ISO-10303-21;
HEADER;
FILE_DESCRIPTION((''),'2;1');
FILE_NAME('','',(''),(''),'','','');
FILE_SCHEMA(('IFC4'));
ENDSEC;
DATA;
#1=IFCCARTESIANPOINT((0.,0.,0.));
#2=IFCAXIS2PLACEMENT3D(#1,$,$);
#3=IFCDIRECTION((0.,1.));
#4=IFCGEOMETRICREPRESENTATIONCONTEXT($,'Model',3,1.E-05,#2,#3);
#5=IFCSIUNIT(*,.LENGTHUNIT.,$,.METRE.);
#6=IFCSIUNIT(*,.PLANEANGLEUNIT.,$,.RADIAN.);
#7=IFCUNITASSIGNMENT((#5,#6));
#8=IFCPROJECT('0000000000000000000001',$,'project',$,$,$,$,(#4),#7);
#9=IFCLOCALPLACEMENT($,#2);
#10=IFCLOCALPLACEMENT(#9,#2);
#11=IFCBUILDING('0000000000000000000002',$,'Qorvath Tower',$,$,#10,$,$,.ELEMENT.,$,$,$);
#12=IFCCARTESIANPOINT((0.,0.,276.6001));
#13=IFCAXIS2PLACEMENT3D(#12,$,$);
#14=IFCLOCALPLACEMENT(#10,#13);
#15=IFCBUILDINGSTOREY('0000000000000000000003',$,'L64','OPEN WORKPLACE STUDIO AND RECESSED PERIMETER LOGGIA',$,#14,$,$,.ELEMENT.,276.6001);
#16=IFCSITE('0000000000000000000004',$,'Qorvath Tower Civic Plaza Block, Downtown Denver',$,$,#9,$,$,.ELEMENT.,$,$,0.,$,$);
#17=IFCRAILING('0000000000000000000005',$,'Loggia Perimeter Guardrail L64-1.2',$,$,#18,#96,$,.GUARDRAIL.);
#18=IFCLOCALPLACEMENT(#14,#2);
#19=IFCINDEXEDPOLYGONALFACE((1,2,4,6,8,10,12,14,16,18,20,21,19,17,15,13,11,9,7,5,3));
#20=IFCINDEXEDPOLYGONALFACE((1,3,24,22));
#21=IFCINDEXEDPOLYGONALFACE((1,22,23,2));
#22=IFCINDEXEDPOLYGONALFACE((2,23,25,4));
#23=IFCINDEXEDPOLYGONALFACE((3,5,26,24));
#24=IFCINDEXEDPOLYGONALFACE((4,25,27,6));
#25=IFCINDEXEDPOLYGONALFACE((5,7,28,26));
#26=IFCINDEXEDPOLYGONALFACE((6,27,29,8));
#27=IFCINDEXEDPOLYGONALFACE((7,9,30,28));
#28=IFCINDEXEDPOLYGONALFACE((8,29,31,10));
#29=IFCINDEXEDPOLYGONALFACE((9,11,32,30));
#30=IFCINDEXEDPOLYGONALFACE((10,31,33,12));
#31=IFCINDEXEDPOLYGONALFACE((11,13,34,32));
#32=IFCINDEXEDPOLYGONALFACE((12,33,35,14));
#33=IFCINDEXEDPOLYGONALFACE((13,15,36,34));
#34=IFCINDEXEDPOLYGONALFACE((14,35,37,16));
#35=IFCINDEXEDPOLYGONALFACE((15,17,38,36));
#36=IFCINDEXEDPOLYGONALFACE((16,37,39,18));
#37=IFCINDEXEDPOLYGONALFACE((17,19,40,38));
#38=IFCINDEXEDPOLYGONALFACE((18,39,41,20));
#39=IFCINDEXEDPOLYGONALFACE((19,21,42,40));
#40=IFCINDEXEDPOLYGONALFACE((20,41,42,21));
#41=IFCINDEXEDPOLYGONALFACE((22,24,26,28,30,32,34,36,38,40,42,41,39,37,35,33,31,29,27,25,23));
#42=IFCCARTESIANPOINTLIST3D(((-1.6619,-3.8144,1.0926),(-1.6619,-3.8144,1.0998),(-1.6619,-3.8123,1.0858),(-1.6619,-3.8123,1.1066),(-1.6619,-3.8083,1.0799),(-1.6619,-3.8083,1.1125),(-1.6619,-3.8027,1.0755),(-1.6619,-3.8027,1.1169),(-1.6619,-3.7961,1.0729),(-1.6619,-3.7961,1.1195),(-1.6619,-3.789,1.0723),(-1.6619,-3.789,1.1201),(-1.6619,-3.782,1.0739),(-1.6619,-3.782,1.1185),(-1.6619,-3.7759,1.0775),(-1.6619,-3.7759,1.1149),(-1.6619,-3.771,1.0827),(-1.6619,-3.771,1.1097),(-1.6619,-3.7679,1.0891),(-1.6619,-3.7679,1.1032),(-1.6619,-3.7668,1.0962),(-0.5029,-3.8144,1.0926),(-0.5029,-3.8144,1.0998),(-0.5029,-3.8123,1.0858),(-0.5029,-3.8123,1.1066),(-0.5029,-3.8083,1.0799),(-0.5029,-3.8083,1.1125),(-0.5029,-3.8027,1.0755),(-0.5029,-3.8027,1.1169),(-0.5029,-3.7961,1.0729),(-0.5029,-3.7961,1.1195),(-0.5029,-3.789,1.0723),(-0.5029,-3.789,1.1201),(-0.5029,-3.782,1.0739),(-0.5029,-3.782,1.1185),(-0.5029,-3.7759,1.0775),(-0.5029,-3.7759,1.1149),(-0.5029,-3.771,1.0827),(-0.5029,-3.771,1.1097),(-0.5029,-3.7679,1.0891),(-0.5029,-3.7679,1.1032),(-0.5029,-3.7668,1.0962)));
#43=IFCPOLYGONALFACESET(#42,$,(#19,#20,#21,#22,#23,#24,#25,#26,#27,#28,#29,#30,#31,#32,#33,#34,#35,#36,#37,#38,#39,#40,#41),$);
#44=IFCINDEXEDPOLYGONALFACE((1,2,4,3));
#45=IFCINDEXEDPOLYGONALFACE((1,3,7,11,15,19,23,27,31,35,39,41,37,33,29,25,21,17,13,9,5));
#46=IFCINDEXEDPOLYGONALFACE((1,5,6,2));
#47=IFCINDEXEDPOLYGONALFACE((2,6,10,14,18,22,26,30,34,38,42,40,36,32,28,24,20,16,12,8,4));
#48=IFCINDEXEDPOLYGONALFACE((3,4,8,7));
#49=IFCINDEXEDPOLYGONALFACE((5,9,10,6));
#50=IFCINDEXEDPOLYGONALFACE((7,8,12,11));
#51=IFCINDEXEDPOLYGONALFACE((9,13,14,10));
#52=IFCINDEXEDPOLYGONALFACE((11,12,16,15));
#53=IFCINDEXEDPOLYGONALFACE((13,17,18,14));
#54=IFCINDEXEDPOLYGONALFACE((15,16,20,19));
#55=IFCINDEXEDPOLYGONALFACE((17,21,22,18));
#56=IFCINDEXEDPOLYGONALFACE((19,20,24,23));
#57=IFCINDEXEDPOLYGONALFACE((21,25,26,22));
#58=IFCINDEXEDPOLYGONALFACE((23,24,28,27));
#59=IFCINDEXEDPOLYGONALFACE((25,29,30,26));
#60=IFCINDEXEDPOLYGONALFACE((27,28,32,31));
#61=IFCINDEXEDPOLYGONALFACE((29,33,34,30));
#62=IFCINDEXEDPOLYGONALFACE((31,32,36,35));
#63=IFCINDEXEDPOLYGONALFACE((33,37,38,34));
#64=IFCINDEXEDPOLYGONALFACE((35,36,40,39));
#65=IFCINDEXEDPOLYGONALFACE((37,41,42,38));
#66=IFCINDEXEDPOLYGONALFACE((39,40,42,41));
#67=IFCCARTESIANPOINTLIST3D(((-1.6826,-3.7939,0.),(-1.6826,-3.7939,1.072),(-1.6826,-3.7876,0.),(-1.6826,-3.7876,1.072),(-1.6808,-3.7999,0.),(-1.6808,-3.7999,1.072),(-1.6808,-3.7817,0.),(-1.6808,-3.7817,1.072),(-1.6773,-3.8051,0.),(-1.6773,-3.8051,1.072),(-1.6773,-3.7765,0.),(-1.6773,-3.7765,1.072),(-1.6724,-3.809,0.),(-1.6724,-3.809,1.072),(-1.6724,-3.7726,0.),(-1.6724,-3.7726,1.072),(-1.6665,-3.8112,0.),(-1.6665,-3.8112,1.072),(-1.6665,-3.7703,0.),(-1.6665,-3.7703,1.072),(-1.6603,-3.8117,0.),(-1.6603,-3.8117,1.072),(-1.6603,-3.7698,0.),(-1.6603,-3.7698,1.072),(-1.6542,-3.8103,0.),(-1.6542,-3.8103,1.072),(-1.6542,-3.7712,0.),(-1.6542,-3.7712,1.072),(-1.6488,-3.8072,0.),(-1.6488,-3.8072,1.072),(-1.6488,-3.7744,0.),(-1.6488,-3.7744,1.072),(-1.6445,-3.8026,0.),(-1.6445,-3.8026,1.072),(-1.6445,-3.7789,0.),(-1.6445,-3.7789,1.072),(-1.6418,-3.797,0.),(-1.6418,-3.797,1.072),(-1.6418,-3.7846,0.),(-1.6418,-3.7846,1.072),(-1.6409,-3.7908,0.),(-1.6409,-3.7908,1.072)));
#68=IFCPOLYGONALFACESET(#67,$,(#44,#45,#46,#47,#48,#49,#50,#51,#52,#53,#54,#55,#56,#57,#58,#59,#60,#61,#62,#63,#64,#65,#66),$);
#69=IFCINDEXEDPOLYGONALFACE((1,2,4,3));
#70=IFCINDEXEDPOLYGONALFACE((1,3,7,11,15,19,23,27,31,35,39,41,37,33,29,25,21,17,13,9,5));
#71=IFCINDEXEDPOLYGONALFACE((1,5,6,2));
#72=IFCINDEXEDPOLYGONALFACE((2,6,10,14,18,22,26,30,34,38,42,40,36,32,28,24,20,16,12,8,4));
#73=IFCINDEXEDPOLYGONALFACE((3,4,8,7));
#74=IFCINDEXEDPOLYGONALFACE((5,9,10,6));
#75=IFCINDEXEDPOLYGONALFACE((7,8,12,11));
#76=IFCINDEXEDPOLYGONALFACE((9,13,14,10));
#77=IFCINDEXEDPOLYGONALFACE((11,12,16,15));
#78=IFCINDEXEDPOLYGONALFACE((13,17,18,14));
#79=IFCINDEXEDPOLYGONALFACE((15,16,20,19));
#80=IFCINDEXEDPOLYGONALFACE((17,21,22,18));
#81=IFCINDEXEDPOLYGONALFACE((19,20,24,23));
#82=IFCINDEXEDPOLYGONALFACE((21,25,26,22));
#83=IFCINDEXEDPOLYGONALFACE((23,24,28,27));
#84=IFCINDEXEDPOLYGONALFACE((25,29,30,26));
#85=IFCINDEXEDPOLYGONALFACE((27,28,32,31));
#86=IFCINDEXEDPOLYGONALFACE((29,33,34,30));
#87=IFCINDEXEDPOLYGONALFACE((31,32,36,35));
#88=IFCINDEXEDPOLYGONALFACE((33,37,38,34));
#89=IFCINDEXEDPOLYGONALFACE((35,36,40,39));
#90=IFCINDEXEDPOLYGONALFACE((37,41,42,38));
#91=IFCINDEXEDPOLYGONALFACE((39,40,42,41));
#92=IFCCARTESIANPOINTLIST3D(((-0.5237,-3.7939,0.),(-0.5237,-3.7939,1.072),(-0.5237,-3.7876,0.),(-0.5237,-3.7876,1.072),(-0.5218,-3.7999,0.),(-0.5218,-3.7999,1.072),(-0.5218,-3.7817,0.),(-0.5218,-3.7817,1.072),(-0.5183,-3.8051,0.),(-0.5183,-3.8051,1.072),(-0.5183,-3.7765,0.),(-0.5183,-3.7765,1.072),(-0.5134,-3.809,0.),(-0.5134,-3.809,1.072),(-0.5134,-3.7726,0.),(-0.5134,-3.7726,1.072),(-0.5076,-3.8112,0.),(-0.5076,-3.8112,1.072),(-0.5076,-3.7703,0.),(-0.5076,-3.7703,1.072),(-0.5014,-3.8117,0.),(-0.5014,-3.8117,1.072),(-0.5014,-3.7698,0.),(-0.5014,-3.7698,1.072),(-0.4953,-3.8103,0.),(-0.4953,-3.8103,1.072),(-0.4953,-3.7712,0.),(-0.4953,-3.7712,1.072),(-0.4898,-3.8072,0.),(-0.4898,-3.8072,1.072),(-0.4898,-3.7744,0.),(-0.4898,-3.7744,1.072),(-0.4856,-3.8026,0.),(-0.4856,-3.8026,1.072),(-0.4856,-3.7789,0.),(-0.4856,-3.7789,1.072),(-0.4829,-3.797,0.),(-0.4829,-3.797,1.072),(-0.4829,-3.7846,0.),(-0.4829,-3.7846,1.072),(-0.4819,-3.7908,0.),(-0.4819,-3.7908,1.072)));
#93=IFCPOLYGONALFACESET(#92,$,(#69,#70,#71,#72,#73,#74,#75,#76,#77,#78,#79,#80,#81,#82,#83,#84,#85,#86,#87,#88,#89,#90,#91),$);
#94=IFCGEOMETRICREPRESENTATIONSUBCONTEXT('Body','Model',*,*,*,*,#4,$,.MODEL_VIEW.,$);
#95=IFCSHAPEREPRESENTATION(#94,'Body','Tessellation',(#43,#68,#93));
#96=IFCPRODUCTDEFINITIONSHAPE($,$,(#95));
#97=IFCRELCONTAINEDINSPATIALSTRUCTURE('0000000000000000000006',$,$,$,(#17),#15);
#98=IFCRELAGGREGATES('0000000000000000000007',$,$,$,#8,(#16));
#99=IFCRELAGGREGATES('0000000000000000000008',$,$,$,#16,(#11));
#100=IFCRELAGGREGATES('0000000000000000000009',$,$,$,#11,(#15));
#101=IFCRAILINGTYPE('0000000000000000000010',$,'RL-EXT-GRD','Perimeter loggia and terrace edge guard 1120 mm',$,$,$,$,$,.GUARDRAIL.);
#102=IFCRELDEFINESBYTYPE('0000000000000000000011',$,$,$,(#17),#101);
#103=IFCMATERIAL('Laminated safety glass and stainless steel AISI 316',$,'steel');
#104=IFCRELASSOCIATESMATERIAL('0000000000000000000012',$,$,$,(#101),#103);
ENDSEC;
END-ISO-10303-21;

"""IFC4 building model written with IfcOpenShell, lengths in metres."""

from ifc_helpers import new_model, si_unit, direction, frame, origin, origin_2d, place, context, subcontext, project, spatial, circle, extrude, material, type_object, element, save


model = new_model("IFC4")

# Units and contexts
model_context = context("Model", 3, precision=1e-05, world=origin(), true_north=direction((0.0, 1.0)))
body_context = subcontext(model_context, "Body", "Model", "MODEL_VIEW")
ifc_project = project(units=[si_unit("LENGTHUNIT", "METRE"), si_unit("PLANEANGLEUNIT", "RADIAN")], contexts=[model_context])

# Site, building, storey
site_placement = place(None, origin())
site = spatial("IfcSite", under=ifc_project, at=site_placement, Name="Qorvath Tower Civic Plaza Block, Downtown Denver", CompositionType="ELEMENT", RefElevation=0.0)
building_placement = place(site_placement, origin())
building = spatial("IfcBuilding", under=site, at=building_placement, Name="Qorvath Tower", CompositionType="ELEMENT")
storey_placement = place(building_placement, frame((0.0, 0.0, 276.6001)))
storey = spatial("IfcBuildingStorey", under=building, at=storey_placement, Name="L64", Description="OPEN WORKPLACE STUDIO AND RECESSED PERIMETER LOGGIA", CompositionType="ELEMENT", Elevation=276.6001)

# Railing
ifc_material_1 = material(Name="Laminated safety glass and stainless steel AISI 316", Category="steel")
railing_type_1 = type_object("IfcRailingType", Name="RL-EXT-GRD", Description="Perimeter loggia and terrace edge guard 1120 mm", PredefinedType="GUARDRAIL", material=ifc_material_1)
railing_1_placement = place(storey_placement, frame((-1.6619, -3.7908, 0.0)))
element("IfcRailing", 1, at=railing_1_placement, inside=storey, type_object=railing_type_1, Name="Loggia Perimeter Guardrail L64-1.2", PredefinedType="GUARDRAIL", context=body_context, shape_type="SweptSolid", body=[
    extrude(circle(Radius=0.0239, at=origin_2d()), frame((0.0, 0.0, 1.0962), z_axis=(1.0, 0.0, 0.0), x_axis=(0.0, 1.0, 0.0)), (0.0, 0.0, 1.0), 1.1589),
    extrude(circle(Radius=0.021, at=origin_2d()), origin(), (0.0, 0.0, 1.0), 1.072),
    extrude(circle(Radius=0.021, at=origin_2d()), frame((1.1589, 0.0, 0.0)), (0.0, 0.0, 1.0), 1.072),
])

save(model, "model.ifc")
